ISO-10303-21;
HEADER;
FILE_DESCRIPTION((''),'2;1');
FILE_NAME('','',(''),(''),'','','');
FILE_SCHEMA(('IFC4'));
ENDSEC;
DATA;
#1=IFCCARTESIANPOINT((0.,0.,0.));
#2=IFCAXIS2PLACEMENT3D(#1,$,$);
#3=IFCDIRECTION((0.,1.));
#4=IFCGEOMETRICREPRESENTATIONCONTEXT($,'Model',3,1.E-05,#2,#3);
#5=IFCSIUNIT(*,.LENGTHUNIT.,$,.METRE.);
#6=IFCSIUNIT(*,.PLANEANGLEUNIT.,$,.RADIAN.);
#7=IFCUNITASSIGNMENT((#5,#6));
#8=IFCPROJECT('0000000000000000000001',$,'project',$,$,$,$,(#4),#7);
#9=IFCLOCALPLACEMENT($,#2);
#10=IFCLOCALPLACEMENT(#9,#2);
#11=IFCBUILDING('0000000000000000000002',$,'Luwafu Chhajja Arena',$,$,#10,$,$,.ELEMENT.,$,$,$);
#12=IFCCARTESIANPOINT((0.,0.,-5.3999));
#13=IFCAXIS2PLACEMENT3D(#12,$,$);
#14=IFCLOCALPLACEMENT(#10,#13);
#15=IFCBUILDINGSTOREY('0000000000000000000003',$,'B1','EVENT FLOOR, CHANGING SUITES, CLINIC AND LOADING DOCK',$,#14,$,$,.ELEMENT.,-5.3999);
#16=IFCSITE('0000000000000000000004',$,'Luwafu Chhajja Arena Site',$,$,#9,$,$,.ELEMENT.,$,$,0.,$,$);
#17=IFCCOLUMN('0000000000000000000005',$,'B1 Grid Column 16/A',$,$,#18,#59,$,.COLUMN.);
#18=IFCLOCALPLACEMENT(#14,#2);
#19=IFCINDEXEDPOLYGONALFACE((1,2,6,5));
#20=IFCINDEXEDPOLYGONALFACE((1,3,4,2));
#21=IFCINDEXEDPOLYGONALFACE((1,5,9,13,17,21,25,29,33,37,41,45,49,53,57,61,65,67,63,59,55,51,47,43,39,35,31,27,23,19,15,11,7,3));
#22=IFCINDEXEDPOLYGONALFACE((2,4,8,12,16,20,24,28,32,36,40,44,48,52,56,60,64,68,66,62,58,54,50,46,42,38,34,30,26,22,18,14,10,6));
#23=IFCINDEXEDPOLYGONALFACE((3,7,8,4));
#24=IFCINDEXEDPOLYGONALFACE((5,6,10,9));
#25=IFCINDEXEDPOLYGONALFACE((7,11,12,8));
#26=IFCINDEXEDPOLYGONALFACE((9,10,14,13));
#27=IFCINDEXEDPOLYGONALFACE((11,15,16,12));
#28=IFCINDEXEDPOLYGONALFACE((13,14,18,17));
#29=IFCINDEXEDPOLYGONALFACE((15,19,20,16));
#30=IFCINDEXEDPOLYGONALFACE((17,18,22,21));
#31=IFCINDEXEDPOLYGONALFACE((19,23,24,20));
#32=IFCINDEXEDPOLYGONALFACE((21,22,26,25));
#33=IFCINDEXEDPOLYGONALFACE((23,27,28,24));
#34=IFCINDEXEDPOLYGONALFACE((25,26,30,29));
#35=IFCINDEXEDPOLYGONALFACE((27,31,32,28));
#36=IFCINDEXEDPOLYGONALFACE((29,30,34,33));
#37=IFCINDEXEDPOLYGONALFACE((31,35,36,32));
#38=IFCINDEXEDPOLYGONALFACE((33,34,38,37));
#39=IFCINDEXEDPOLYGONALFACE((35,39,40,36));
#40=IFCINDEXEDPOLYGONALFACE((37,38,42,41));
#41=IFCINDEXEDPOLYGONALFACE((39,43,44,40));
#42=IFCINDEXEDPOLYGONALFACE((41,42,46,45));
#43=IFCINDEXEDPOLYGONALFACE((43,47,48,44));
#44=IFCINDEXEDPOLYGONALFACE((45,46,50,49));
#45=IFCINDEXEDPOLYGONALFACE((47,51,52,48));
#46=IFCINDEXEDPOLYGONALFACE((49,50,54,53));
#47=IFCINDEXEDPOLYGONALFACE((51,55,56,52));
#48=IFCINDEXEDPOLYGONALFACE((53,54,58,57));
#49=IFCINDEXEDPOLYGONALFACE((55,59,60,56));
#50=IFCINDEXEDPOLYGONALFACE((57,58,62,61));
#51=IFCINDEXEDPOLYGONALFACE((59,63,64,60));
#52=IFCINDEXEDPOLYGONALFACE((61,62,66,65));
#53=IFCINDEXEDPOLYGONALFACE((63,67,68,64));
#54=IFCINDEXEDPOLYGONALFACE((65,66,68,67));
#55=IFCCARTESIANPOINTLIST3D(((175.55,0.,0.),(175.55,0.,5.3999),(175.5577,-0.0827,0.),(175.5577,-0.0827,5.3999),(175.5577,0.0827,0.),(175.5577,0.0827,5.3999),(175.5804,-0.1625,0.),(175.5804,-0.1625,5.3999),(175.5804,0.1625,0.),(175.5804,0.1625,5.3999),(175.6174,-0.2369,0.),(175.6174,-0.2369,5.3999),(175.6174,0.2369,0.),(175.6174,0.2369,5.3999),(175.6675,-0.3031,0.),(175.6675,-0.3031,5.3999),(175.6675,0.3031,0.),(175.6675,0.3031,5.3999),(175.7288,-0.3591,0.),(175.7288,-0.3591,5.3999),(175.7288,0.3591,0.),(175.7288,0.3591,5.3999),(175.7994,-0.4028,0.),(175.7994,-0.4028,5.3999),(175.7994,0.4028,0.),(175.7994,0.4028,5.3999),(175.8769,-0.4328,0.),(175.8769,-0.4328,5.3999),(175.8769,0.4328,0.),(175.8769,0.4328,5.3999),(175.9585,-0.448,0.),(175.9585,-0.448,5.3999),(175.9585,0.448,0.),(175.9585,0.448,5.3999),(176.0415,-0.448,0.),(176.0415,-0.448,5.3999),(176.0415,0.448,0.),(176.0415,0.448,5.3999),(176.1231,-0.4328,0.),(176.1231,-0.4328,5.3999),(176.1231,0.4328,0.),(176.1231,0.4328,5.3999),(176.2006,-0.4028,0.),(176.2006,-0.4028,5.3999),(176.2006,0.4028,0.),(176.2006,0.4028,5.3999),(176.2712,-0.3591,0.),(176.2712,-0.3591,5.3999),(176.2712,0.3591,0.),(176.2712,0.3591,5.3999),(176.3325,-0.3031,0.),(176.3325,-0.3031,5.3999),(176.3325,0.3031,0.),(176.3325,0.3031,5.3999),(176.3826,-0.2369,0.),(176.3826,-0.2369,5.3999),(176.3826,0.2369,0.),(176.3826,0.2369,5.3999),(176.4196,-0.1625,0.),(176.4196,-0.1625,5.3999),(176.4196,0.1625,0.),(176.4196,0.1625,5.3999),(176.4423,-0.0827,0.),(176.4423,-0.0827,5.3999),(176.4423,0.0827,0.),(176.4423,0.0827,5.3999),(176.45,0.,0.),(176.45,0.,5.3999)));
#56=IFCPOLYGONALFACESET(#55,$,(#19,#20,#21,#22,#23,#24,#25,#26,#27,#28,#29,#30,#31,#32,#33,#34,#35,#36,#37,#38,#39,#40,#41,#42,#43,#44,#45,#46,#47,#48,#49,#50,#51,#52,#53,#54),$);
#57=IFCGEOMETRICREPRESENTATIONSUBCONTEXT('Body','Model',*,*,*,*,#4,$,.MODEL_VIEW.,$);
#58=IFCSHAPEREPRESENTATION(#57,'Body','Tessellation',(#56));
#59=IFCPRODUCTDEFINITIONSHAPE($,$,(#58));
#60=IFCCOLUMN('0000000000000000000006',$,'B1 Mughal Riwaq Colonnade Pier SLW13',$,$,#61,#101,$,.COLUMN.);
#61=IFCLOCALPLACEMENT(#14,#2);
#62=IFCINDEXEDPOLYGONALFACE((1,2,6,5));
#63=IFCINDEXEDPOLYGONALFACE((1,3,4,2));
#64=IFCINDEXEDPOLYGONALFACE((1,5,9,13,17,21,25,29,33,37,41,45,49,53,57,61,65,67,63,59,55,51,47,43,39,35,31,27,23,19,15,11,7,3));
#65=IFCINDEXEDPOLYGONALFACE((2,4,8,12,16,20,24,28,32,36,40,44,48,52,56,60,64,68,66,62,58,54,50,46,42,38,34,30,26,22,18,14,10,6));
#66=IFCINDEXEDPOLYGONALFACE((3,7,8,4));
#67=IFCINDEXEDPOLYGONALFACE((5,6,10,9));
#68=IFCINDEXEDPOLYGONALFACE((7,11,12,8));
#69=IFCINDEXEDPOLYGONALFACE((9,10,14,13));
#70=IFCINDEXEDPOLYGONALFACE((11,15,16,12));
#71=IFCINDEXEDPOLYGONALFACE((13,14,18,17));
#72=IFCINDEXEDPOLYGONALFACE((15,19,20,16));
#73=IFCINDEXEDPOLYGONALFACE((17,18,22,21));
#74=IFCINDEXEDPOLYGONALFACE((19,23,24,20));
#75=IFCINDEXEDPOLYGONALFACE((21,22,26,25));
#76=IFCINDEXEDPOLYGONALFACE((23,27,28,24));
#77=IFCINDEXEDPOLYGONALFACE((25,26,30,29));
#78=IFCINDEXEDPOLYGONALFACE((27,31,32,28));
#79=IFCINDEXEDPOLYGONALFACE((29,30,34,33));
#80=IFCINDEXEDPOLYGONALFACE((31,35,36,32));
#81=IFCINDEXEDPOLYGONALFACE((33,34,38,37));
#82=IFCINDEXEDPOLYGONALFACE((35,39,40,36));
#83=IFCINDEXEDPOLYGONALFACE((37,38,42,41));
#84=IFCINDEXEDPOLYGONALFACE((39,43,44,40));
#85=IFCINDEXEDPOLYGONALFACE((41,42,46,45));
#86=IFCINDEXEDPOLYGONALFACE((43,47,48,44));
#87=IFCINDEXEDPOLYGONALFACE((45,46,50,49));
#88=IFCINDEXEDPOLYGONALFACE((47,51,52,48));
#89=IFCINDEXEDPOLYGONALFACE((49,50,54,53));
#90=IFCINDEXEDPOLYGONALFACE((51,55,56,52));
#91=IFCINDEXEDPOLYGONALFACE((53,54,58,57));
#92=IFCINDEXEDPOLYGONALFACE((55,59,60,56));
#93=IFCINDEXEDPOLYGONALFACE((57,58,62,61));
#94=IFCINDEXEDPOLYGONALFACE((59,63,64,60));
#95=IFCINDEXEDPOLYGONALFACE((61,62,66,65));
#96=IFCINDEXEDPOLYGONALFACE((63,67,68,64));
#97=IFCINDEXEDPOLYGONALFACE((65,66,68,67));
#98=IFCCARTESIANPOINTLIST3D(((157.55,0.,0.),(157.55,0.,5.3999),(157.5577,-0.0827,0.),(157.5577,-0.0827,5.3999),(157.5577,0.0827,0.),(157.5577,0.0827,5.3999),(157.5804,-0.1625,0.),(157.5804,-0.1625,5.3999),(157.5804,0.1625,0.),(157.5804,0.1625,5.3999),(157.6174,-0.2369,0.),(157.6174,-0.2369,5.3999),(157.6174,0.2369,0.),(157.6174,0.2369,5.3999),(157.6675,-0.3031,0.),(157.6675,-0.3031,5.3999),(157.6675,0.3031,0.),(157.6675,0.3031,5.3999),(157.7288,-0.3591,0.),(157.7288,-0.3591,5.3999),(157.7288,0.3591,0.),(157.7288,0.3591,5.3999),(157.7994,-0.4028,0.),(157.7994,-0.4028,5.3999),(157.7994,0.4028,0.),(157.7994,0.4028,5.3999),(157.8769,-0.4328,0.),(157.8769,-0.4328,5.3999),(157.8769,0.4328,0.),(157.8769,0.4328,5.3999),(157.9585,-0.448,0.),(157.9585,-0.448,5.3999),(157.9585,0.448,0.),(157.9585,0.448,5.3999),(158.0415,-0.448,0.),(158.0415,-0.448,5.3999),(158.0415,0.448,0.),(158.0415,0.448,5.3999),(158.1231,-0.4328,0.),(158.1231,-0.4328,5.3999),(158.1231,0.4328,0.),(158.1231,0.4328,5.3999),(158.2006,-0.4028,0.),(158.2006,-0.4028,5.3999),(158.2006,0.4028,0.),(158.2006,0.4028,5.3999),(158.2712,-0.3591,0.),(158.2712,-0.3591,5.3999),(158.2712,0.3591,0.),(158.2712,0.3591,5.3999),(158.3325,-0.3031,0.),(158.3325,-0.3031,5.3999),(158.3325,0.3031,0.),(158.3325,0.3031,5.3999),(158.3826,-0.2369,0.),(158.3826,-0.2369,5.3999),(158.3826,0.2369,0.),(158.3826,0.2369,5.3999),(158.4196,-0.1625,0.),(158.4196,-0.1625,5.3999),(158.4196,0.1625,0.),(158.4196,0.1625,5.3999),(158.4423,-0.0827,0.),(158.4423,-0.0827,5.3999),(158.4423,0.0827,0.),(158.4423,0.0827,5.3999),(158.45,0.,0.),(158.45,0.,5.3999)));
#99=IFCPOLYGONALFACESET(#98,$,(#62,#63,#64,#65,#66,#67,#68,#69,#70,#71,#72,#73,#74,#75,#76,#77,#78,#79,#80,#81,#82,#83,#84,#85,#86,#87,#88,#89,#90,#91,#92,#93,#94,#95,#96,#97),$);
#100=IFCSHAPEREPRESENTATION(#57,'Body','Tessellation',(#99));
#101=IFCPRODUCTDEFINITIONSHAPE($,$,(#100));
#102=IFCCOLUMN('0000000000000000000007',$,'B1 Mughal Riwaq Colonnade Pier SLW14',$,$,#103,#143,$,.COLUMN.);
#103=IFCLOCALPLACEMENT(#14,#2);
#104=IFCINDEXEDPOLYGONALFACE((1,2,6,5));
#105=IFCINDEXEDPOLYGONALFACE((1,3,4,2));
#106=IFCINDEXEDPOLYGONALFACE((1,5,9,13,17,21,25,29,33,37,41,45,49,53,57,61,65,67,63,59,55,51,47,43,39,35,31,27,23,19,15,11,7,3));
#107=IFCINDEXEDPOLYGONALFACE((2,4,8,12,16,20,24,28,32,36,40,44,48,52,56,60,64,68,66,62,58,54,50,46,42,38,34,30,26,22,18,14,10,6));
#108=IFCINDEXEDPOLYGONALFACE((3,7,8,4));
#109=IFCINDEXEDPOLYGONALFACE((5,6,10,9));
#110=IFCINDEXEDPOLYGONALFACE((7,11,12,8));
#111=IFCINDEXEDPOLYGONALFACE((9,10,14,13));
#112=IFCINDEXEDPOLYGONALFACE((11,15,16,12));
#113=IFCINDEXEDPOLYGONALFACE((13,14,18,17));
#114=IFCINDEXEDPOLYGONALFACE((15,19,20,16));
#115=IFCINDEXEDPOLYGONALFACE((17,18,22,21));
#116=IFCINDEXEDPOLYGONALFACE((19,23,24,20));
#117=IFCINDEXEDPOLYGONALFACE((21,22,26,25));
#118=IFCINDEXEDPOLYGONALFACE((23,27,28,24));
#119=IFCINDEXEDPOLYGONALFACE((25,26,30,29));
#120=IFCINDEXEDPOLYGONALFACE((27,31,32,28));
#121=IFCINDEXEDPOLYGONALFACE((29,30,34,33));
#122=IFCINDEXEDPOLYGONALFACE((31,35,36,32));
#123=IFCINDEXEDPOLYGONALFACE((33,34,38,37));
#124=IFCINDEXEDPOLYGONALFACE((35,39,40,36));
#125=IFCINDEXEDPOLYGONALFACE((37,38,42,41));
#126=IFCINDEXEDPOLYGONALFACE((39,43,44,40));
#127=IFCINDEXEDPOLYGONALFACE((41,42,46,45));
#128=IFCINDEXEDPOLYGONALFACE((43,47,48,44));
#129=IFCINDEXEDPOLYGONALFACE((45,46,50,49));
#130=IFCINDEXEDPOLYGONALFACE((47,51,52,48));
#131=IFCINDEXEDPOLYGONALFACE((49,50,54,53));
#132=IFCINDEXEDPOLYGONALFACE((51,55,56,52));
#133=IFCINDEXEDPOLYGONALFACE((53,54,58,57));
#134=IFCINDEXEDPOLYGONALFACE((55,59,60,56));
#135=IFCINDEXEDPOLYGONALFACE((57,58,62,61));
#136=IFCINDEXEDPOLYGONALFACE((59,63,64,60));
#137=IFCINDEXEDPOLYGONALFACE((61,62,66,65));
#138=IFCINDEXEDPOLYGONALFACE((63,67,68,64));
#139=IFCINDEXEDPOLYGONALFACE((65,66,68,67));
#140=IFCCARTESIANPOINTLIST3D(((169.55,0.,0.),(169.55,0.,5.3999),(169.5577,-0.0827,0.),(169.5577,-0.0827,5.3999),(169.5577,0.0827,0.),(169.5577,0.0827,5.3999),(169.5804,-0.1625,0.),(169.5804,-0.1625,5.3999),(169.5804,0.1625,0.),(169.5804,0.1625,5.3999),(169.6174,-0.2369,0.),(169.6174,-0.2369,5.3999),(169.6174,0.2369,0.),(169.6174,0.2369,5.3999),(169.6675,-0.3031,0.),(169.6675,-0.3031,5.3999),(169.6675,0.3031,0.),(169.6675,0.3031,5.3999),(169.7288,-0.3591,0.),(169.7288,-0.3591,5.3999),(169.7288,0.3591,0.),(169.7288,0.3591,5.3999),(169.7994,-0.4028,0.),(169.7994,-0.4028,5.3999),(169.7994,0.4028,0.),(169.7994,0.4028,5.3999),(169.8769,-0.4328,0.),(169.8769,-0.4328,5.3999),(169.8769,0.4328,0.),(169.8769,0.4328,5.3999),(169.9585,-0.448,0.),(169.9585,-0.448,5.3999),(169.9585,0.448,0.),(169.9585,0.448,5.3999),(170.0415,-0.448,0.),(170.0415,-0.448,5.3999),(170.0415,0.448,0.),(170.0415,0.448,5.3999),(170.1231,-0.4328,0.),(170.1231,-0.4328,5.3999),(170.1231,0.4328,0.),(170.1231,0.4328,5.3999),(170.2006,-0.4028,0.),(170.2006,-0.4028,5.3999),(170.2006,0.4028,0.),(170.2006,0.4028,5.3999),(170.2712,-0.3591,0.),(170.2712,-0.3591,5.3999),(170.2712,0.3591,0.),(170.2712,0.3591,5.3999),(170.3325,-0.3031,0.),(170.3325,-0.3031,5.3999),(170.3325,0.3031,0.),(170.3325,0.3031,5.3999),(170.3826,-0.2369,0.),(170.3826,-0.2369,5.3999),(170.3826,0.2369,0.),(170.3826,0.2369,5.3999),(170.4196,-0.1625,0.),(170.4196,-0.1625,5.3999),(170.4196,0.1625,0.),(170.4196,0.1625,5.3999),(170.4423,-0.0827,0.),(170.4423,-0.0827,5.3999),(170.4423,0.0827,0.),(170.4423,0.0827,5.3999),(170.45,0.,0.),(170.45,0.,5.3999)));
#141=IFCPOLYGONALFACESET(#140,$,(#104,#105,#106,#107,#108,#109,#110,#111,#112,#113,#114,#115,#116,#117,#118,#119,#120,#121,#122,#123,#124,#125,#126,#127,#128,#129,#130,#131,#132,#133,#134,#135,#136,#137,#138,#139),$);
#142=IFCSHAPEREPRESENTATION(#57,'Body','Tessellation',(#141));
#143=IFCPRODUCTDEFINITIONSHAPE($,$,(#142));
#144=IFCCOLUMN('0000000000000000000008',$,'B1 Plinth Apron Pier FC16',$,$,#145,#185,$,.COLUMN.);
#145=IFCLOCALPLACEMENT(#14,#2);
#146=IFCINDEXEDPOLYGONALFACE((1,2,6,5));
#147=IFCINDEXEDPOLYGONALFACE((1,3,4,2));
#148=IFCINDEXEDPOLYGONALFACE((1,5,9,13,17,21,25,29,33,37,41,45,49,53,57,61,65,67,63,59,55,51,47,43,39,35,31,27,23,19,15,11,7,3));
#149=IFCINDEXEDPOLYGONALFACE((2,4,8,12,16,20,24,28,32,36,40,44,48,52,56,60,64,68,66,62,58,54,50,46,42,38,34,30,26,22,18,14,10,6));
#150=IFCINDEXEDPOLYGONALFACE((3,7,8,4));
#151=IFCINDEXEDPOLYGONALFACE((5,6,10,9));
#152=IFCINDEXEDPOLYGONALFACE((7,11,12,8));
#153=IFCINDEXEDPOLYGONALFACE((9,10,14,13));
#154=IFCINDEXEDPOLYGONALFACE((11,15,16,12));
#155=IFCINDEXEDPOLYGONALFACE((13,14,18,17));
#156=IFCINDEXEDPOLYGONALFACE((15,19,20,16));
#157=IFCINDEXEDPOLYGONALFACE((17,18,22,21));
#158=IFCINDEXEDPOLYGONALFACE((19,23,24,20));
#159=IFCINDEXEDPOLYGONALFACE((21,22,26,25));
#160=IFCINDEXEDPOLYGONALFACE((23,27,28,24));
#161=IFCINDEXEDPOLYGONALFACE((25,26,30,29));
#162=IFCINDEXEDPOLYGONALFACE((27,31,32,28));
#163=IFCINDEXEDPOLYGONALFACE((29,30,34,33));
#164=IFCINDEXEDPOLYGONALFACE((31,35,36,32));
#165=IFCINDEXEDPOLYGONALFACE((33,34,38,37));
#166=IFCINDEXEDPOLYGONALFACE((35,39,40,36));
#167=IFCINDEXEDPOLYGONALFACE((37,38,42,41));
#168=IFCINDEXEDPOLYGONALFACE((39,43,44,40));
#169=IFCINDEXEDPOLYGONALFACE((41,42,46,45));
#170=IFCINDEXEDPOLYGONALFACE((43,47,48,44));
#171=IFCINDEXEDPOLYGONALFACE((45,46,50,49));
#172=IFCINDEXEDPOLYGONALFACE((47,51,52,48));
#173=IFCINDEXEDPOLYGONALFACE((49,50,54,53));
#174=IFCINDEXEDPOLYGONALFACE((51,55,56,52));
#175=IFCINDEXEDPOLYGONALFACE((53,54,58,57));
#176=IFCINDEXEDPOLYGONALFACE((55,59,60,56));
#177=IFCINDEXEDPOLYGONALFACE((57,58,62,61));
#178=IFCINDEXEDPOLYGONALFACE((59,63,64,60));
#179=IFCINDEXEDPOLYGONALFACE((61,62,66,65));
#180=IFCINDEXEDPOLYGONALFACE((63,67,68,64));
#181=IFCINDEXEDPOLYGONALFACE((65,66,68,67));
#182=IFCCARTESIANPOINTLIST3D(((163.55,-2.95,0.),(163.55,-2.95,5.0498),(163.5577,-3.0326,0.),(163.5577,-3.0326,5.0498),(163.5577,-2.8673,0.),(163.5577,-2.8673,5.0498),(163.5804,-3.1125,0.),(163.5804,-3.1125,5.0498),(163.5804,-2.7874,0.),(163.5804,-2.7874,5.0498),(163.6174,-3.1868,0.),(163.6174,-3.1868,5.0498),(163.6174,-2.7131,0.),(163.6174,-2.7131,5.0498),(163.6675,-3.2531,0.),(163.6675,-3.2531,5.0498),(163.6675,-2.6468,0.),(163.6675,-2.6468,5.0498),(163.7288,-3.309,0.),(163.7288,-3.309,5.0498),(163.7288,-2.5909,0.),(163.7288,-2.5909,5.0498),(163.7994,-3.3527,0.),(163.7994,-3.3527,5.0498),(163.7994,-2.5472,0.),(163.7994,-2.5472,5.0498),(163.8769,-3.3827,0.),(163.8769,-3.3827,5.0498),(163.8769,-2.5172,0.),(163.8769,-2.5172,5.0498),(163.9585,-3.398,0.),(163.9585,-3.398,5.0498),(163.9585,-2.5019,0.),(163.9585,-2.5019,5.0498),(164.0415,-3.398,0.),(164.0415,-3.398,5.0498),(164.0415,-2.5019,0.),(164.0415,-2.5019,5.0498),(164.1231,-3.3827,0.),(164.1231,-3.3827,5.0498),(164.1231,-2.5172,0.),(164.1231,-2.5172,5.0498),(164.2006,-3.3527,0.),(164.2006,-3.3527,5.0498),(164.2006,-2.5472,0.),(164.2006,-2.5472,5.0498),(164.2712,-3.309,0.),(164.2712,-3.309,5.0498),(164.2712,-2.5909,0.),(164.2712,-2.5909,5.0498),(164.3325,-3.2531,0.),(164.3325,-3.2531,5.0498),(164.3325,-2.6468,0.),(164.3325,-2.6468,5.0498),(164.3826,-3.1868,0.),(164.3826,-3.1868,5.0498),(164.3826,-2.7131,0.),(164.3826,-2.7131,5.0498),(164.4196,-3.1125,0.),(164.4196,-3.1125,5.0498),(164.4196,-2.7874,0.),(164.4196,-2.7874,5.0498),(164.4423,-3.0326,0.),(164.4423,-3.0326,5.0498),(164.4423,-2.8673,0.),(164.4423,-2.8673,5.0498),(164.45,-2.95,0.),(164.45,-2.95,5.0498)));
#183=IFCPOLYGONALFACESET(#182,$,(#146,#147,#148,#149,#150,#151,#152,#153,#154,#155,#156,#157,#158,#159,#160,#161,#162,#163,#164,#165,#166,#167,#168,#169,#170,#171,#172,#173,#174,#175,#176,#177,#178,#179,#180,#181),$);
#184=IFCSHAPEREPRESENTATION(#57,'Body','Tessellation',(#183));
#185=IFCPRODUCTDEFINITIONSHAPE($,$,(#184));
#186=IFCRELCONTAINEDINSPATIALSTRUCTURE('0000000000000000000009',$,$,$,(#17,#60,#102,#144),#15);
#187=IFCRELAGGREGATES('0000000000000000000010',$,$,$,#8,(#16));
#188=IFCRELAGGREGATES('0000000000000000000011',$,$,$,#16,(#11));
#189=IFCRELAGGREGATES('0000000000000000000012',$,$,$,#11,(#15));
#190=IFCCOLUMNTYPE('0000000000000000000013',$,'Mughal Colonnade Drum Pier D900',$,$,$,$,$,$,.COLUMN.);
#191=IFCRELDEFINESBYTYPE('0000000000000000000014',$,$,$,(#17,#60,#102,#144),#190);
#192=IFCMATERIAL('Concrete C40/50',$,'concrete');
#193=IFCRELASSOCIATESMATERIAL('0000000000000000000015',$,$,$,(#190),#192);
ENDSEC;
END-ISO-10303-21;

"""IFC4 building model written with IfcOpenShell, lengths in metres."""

from ifc_helpers import new_model, si_unit, direction, frame, origin, origin_2d, place, context, subcontext, project, spatial, circle, extrude, material, material_profile, profile_set, type_object, element, save


model = new_model("IFC4")

# Units and contexts
model_context = context("Model", 3, precision=1e-05, world=origin(), true_north=direction((0.0, 1.0)))
body_context = subcontext(model_context, "Body", "Model", "MODEL_VIEW")
ifc_project = project(units=[si_unit("LENGTHUNIT", "METRE"), si_unit("PLANEANGLEUNIT", "RADIAN")], contexts=[model_context])

# Site, building, storey
site_placement = place(None, origin())
site = spatial("IfcSite", under=ifc_project, at=site_placement, Name="Luwafu Chhajja Arena Site", CompositionType="ELEMENT", RefElevation=0.0)
building_placement = place(site_placement, origin())
building = spatial("IfcBuilding", under=site, at=building_placement, Name="Luwafu Chhajja Arena", CompositionType="ELEMENT")
storey_placement = place(building_placement, frame((0.0, 0.0, -5.3999)))
storey = spatial("IfcBuildingStorey", under=building, at=storey_placement, Name="B1", Description="EVENT FLOOR, CHANGING SUITES, CLINIC AND LOADING DOCK", CompositionType="ELEMENT", Elevation=-5.3999)

# Columns
ifc_material_1 = material(Name="Concrete C40/50", Category="concrete")
ifc_material_profile_1 = material_profile(ifc_material_1, circle(Radius=0.45, at=origin_2d()), Name="RC COL D900")
ifc_profile_set_1 = profile_set([ifc_material_profile_1], Name="Concrete C40/50")
column_type_1 = type_object("IfcColumnType", Name="Mughal Colonnade Drum Pier D900", PredefinedType="COLUMN", material=ifc_profile_set_1)
for number, where, z_axis, x_axis, name in (
    (1, (176.0, 0.0, 0.0), (0.0, 0.0, 1.0), (1.0, 0.0, 0.0), "B1 Grid Column 16/A"),
    (2, (158.0, 0.0, 0.0), (0.0, 0.0, 1.0), (1.0, 0.0, 0.0), "B1 Mughal Riwaq Colonnade Pier SLW13"),
    (3, (170.0, 0.0, 0.0), (0.0, 0.0, 1.0), (1.0, 0.0, 0.0), "B1 Mughal Riwaq Colonnade Pier SLW14"),
):
    element("IfcColumn", number, at=place(storey_placement, frame(where, z_axis=z_axis, x_axis=x_axis)), inside=storey, type_object=column_type_1, Name=name, PredefinedType="COLUMN", context=body_context, shape_type="SweptSolid", body=[
        extrude(circle(Radius=0.45, at=origin_2d()), origin(), (0.0, 0.0, 1.0), 5.3999),
    ])
for number, where, z_axis, x_axis, name in (
    (4, (164.0, -2.95, 0.0), (0.0, 0.0, 1.0), (1.0, 0.0, 0.0), "B1 Plinth Apron Pier FC16"),
):
    element("IfcColumn", number, at=place(storey_placement, frame(where, z_axis=z_axis, x_axis=x_axis)), inside=storey, type_object=column_type_1, Name=name, PredefinedType="COLUMN", context=body_context, shape_type="SweptSolid", body=[
        extrude(circle(Radius=0.45, at=origin_2d()), origin(), (0.0, 0.0, 1.0), 5.0498),
    ])

save(model, "model.ifc")
